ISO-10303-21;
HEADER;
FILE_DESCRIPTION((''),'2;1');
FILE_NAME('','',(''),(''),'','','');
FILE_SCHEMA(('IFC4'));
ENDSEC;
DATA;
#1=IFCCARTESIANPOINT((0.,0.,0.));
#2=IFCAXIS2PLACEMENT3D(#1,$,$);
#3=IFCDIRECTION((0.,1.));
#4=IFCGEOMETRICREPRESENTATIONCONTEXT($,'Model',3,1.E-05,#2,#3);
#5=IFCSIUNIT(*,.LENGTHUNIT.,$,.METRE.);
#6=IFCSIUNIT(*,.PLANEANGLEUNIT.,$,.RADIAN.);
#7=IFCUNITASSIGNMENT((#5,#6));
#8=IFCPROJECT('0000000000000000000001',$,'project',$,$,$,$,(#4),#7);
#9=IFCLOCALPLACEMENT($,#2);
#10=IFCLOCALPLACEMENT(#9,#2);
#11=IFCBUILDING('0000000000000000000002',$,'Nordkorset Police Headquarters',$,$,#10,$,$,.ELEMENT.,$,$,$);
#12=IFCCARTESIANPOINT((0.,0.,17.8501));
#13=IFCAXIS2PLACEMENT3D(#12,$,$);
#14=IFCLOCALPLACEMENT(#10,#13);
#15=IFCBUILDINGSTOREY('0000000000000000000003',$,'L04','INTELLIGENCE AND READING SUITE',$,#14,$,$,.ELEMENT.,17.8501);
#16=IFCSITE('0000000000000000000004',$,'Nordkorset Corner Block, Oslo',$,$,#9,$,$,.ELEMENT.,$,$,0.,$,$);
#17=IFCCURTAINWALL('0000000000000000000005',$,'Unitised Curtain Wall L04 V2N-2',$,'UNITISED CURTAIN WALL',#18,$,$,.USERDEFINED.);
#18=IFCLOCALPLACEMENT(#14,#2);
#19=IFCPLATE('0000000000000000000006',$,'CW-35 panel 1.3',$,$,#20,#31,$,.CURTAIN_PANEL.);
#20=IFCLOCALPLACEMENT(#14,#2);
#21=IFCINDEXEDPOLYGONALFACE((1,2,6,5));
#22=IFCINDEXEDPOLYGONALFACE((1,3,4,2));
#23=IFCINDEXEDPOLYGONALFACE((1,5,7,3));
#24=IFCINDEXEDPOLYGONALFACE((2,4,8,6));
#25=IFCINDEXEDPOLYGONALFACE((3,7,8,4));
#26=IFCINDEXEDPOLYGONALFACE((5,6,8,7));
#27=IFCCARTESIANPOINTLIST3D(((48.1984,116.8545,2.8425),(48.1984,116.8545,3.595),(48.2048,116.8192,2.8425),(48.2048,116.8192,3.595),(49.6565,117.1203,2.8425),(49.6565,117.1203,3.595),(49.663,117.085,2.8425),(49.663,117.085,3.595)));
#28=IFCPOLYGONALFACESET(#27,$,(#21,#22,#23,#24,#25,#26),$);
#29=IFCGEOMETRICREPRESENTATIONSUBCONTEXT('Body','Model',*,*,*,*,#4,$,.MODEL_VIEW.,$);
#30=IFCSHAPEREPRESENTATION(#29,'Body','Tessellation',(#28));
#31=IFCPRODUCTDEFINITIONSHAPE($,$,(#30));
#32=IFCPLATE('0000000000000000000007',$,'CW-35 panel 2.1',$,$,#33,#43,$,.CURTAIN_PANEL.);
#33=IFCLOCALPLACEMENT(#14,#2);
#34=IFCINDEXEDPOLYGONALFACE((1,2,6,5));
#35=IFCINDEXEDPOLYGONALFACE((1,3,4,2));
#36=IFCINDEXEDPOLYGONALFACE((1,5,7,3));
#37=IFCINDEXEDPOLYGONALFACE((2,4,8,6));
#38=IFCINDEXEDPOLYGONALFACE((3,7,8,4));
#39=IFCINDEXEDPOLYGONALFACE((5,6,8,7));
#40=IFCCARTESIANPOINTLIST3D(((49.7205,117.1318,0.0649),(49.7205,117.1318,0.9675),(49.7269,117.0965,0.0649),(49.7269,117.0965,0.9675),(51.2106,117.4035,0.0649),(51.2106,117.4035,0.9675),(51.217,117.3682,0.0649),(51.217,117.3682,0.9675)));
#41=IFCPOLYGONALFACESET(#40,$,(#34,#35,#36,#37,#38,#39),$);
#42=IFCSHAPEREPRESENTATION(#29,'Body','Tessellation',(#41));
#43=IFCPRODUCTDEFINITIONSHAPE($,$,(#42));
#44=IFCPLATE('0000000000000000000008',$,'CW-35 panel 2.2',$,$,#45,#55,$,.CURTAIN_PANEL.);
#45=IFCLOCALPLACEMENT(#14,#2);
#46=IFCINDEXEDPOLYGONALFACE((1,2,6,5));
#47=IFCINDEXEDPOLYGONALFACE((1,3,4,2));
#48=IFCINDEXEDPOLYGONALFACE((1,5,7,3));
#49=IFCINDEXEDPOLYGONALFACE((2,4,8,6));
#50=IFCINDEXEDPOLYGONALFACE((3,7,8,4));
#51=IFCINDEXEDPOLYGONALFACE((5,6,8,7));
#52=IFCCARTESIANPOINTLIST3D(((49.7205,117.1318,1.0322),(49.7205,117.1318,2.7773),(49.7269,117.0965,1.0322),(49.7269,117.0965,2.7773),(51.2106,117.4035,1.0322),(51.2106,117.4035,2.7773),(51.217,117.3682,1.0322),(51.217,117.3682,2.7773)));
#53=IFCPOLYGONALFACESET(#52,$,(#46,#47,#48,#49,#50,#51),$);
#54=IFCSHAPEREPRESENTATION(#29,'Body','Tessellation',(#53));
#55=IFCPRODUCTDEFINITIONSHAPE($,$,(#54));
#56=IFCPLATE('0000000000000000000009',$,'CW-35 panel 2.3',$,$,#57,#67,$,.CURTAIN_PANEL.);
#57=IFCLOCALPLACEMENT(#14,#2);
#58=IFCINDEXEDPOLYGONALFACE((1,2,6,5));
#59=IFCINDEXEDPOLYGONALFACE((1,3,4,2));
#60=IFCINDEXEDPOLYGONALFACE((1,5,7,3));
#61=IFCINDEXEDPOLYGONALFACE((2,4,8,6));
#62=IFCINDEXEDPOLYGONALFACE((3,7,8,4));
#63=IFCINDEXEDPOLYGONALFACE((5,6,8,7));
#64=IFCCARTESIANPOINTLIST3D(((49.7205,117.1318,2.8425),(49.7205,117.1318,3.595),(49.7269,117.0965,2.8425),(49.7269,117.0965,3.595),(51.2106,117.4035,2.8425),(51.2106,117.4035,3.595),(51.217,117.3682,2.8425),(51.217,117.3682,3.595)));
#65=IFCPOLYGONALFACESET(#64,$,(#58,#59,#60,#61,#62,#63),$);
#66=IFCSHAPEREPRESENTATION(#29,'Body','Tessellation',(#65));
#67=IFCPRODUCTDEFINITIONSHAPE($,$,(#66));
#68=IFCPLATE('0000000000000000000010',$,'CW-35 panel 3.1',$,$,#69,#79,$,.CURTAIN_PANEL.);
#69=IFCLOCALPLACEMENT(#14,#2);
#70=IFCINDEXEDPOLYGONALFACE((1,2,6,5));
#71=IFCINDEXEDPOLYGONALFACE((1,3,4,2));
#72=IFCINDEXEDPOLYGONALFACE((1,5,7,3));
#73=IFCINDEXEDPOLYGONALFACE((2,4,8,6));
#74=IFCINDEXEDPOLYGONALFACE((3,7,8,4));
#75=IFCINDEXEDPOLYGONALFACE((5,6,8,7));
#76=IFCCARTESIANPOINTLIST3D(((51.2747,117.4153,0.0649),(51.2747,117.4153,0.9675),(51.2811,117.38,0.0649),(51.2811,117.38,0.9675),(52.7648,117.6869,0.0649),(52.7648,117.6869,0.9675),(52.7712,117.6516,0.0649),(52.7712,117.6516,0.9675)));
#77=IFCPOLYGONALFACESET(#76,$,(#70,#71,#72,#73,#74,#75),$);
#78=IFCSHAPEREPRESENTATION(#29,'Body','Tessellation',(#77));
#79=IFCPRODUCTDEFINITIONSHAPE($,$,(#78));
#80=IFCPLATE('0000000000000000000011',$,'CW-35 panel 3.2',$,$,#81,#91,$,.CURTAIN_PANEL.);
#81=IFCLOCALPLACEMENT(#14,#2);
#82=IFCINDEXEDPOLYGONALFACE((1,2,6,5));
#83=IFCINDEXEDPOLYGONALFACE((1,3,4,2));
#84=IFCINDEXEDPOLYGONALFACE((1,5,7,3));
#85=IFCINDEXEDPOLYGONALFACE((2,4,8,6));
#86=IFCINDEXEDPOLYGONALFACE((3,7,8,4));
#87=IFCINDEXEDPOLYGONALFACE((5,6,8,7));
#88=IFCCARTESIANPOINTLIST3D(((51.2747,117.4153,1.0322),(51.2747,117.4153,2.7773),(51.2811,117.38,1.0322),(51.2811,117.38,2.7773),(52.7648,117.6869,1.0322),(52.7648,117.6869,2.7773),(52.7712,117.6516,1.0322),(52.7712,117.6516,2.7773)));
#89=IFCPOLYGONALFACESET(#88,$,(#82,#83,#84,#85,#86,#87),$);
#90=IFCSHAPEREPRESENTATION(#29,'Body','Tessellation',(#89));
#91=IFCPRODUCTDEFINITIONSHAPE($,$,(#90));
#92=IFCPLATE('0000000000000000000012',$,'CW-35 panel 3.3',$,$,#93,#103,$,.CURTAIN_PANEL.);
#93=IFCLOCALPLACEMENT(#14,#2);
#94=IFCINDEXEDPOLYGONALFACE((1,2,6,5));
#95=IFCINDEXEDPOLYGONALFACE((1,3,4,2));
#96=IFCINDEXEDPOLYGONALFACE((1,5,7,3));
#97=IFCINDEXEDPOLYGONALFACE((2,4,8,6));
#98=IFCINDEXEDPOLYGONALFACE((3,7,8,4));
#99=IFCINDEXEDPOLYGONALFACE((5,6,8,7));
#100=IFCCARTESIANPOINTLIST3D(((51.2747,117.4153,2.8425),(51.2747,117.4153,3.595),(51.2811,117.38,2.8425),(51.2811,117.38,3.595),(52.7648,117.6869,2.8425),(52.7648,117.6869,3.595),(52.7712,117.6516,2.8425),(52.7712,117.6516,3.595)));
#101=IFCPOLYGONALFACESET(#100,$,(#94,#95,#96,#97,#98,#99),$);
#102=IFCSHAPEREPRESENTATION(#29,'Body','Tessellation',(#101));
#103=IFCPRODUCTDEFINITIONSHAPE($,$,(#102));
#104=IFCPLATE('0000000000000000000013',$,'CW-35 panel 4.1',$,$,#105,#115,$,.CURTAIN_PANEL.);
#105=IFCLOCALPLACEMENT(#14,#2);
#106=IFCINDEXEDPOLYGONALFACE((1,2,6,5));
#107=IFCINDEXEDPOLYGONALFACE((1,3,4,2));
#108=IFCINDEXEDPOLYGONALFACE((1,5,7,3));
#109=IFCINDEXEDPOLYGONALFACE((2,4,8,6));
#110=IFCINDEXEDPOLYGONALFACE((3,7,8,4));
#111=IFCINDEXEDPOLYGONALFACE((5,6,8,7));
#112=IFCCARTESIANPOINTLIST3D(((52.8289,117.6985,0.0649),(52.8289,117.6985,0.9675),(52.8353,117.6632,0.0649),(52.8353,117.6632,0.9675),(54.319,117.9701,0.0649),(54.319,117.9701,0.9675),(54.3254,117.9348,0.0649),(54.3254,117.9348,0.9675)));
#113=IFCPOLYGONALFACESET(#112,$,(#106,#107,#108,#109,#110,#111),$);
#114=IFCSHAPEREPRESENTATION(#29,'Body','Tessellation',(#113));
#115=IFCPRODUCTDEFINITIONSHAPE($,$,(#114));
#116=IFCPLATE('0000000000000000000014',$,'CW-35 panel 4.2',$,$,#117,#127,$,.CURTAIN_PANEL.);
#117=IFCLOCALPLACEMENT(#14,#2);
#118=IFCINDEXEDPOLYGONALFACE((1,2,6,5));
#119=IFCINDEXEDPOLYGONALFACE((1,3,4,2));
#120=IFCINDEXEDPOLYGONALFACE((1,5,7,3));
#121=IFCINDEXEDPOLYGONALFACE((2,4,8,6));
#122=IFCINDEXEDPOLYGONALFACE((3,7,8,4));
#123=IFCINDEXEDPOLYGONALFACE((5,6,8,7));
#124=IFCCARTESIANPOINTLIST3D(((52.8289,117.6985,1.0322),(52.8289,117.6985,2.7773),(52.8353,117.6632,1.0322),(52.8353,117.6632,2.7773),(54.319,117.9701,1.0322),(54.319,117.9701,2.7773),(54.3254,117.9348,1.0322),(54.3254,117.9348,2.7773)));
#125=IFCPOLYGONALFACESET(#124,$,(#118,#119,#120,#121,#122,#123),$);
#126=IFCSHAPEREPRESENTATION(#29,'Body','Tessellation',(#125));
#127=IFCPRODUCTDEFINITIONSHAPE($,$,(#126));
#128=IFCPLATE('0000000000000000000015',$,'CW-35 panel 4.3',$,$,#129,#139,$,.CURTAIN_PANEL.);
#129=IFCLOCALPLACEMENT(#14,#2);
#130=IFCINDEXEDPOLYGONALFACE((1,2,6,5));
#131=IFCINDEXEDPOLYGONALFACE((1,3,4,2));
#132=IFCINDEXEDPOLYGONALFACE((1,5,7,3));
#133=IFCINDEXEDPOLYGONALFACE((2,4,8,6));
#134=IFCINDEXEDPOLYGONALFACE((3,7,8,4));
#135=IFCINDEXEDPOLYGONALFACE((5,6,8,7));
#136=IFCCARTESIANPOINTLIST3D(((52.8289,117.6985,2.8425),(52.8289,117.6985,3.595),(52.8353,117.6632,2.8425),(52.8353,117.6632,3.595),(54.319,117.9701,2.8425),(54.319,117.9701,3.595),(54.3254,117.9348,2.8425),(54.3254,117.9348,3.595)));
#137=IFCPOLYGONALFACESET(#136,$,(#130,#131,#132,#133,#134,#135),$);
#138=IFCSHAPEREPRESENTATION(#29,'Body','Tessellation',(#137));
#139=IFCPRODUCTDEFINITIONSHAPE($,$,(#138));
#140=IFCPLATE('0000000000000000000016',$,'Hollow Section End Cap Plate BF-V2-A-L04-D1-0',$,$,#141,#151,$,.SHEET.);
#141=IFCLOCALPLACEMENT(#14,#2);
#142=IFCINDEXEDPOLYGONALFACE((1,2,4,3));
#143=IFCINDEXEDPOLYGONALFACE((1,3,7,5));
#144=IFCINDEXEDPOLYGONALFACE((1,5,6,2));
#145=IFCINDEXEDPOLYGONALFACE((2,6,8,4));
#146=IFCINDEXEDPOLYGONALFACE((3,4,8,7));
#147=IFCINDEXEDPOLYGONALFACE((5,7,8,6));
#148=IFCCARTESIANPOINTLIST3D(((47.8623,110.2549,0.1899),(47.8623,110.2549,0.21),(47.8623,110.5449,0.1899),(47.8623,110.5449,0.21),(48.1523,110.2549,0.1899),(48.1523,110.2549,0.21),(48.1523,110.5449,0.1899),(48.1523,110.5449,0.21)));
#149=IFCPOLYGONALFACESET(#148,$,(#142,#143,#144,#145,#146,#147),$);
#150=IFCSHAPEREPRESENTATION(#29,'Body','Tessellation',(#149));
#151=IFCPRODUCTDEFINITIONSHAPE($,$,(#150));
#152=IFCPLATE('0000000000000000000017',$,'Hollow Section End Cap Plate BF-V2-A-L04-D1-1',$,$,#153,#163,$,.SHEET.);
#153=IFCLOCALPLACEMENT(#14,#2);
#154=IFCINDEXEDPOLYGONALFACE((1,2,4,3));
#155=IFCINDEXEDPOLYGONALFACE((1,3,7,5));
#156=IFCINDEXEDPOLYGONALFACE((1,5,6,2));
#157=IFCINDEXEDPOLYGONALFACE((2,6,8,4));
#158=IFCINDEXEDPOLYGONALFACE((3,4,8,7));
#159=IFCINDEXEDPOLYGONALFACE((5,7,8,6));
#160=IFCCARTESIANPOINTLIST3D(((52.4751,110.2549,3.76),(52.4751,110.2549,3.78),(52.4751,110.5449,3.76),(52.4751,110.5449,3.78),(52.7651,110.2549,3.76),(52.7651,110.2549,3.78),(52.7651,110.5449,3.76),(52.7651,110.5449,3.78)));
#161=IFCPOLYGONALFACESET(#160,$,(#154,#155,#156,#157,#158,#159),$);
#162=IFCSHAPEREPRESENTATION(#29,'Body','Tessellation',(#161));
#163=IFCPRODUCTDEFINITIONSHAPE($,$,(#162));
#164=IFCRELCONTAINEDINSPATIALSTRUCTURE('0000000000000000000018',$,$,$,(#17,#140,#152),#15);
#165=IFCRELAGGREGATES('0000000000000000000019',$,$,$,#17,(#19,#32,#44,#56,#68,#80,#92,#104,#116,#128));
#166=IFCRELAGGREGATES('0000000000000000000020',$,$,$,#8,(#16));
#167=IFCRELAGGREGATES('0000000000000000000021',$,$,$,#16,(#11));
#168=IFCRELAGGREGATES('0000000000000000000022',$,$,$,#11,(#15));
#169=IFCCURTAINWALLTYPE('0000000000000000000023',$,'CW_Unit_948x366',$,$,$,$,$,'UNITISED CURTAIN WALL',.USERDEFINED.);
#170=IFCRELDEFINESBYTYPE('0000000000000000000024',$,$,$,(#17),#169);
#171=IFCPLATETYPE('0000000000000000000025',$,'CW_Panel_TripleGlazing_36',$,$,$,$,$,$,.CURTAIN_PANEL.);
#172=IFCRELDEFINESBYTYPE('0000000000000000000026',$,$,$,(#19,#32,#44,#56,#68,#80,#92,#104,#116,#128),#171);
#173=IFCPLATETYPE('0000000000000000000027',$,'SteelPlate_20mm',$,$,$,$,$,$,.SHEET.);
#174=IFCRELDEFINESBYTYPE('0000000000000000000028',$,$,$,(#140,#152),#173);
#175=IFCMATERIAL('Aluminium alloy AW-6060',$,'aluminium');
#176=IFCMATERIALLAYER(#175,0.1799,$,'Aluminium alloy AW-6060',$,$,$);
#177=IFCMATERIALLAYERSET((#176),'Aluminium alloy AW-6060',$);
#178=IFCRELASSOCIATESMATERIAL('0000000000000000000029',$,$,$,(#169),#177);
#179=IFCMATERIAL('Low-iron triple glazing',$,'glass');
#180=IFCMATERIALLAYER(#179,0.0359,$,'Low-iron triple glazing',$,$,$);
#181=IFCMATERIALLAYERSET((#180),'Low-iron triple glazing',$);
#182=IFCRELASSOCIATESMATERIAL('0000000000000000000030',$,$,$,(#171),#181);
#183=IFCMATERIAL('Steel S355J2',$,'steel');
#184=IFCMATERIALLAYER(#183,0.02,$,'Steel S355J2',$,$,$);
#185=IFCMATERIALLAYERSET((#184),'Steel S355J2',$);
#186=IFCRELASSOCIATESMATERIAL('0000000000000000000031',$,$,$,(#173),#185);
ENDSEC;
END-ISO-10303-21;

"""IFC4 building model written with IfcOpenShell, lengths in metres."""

from ifc_helpers import new_model, si_unit, direction, frame, origin, origin_2d, place, context, subcontext, project, spatial, rectangle, extrude, material, layer, layer_set, type_object, element, aggregate, save


model = new_model("IFC4")

# Units and contexts
model_context = context("Model", 3, precision=1e-05, world=origin(), true_north=direction((0.0, 1.0)))
body_context = subcontext(model_context, "Body", "Model", "MODEL_VIEW")
ifc_project = project(units=[si_unit("LENGTHUNIT", "METRE"), si_unit("PLANEANGLEUNIT", "RADIAN")], contexts=[model_context])

# Site, building, storey
site_placement = place(None, origin())
site = spatial("IfcSite", under=ifc_project, at=site_placement, Name="Nordkorset Corner Block, Oslo", CompositionType="ELEMENT", RefElevation=0.0)
building_placement = place(site_placement, origin())
building = spatial("IfcBuilding", under=site, at=building_placement, Name="Nordkorset Police Headquarters", CompositionType="ELEMENT")
storey_placement = place(building_placement, frame((0.0, 0.0, 17.8501)))
storey = spatial("IfcBuildingStorey", under=building, at=storey_placement, Name="L04", Description="INTELLIGENCE AND READING SUITE", CompositionType="ELEMENT", Elevation=17.8501)

# Curtain wall
ifc_material_1 = material(Name="Aluminium alloy AW-6060", Category="aluminium")
ifc_layer_1 = layer(ifc_material_1, 0.1799, Name="Aluminium alloy AW-6060")
ifc_layer_set_1 = layer_set([ifc_layer_1], Name="Aluminium alloy AW-6060")
curtain_wall_type = type_object("IfcCurtainWallType", Name="CW_Unit_948x366", ElementType="UNITISED CURTAIN WALL", PredefinedType="USERDEFINED", material=ifc_layer_set_1)
curtain_wall_placement = place(storey_placement, origin())
curtain_wall = element("IfcCurtainWall", 1, at=curtain_wall_placement, inside=storey, type_object=curtain_wall_type, Name="Unitised Curtain Wall L04 V2N-2", ObjectType="UNITISED CURTAIN WALL", PredefinedType="USERDEFINED")

# Plates
ifc_material_2 = material(Name="Low-iron triple glazing", Category="glass")
ifc_layer_2 = layer(ifc_material_2, 0.0359, Name="Low-iron triple glazing")
ifc_layer_set_2 = layer_set([ifc_layer_2], Name="Low-iron triple glazing")
plate_type_1 = type_object("IfcPlateType", Name="CW_Panel_TripleGlazing_36", PredefinedType="CURTAIN_PANEL", material=ifc_layer_set_2)
plate_1_placement = place(storey_placement, frame((48.9307, 116.9697, 2.8425), z_axis=(0.0, 0.0, 1.0), x_axis=(0.983788, 0.179336, 0.0)))
plate_1 = element("IfcPlate", 2, at=plate_1_placement, type_object=plate_type_1, Name="CW-35 panel 1.3", PredefinedType="CURTAIN_PANEL", context=body_context, shape_type="SweptSolid", body=[
    extrude(rectangle(XDim=1.4822, YDim=0.0359, at=origin_2d()), origin(), (0.0, 0.0, 1.0), 0.7524),
])
plate_2_placement = place(storey_placement, frame((50.4688, 117.25, 0.0649), z_axis=(0.0, 0.0, 1.0), x_axis=(0.983788, 0.179336, 0.0)))
plate_2 = element("IfcPlate", 3, at=plate_2_placement, type_object=plate_type_1, Name="CW-35 panel 2.1", PredefinedType="CURTAIN_PANEL", context=body_context, shape_type="SweptSolid", body=[
    extrude(rectangle(XDim=1.5146, YDim=0.0359, at=origin_2d()), origin(), (0.0, 0.0, 1.0), 0.9026),
])
plate_3_placement = place(storey_placement, frame((50.4688, 117.25, 1.0322), z_axis=(0.0, 0.0, 1.0), x_axis=(0.983788, 0.179336, 0.0)))
plate_3 = element("IfcPlate", 4, at=plate_3_placement, type_object=plate_type_1, Name="CW-35 panel 2.2", PredefinedType="CURTAIN_PANEL", context=body_context, shape_type="SweptSolid", body=[
    extrude(rectangle(XDim=1.5146, YDim=0.0359, at=origin_2d()), origin(), (0.0, 0.0, 1.0), 1.7451),
])
plate_4_placement = place(storey_placement, frame((50.4688, 117.25, 2.8425), z_axis=(0.0, 0.0, 1.0), x_axis=(0.983788, 0.179336, 0.0)))
plate_4 = element("IfcPlate", 5, at=plate_4_placement, type_object=plate_type_1, Name="CW-35 panel 2.3", PredefinedType="CURTAIN_PANEL", context=body_context, shape_type="SweptSolid", body=[
    extrude(rectangle(XDim=1.5146, YDim=0.0359, at=origin_2d()), origin(), (0.0, 0.0, 1.0), 0.7524),
])
plate_5_placement = place(storey_placement, frame((52.0229, 117.5334, 0.0649), z_axis=(0.0, 0.0, 1.0), x_axis=(0.983788, 0.179336, 0.0)))
plate_5 = element("IfcPlate", 6, at=plate_5_placement, type_object=plate_type_1, Name="CW-35 panel 3.1", PredefinedType="CURTAIN_PANEL", context=body_context, shape_type="SweptSolid", body=[
    extrude(rectangle(XDim=1.5146, YDim=0.0359, at=origin_2d()), origin(), (0.0, 0.0, 1.0), 0.9026),
])
plate_6_placement = place(storey_placement, frame((52.0229, 117.5334, 1.0322), z_axis=(0.0, 0.0, 1.0), x_axis=(0.983788, 0.179336, 0.0)))
plate_6 = element("IfcPlate", 7, at=plate_6_placement, type_object=plate_type_1, Name="CW-35 panel 3.2", PredefinedType="CURTAIN_PANEL", context=body_context, shape_type="SweptSolid", body=[
    extrude(rectangle(XDim=1.5146, YDim=0.0359, at=origin_2d()), origin(), (0.0, 0.0, 1.0), 1.7451),
])
plate_7_placement = place(storey_placement, frame((52.0229, 117.5334, 2.8425), z_axis=(0.0, 0.0, 1.0), x_axis=(0.983788, 0.179336, 0.0)))
plate_7 = element("IfcPlate", 8, at=plate_7_placement, type_object=plate_type_1, Name="CW-35 panel 3.3", PredefinedType="CURTAIN_PANEL", context=body_context, shape_type="SweptSolid", body=[
    extrude(rectangle(XDim=1.5146, YDim=0.0359, at=origin_2d()), origin(), (0.0, 0.0, 1.0), 0.7524),
])
plate_8_placement = place(storey_placement, frame((53.5771, 117.8167, 0.0649), z_axis=(0.0, 0.0, 1.0), x_axis=(0.983788, 0.179336, 0.0)))
plate_8 = element("IfcPlate", 9, at=plate_8_placement, type_object=plate_type_1, Name="CW-35 panel 4.1", PredefinedType="CURTAIN_PANEL", context=body_context, shape_type="SweptSolid", body=[
    extrude(rectangle(XDim=1.5146, YDim=0.0359, at=origin_2d()), origin(), (0.0, 0.0, 1.0), 0.9026),
])
plate_9_placement = place(storey_placement, frame((53.5771, 117.8167, 1.0322), z_axis=(0.0, 0.0, 1.0), x_axis=(0.983788, 0.179336, 0.0)))
plate_9 = element("IfcPlate", 10, at=plate_9_placement, type_object=plate_type_1, Name="CW-35 panel 4.2", PredefinedType="CURTAIN_PANEL", context=body_context, shape_type="SweptSolid", body=[
    extrude(rectangle(XDim=1.5146, YDim=0.0359, at=origin_2d()), origin(), (0.0, 0.0, 1.0), 1.7451),
])
plate_10_placement = place(storey_placement, frame((53.5771, 117.8167, 2.8425), z_axis=(0.0, 0.0, 1.0), x_axis=(0.983788, 0.179336, 0.0)))
plate_10 = element("IfcPlate", 11, at=plate_10_placement, type_object=plate_type_1, Name="CW-35 panel 4.3", PredefinedType="CURTAIN_PANEL", context=body_context, shape_type="SweptSolid", body=[
    extrude(rectangle(XDim=1.5146, YDim=0.0359, at=origin_2d()), origin(), (0.0, 0.0, 1.0), 0.7524),
])
aggregate(curtain_wall, [plate_1, plate_2, plate_3, plate_4, plate_5, plate_6, plate_7, plate_8, plate_9, plate_10])

# Plates
ifc_material_3 = material(Name="Steel S355J2", Category="steel")
ifc_layer_3 = layer(ifc_material_3, 0.02, Name="Steel S355J2")
ifc_layer_set_3 = layer_set([ifc_layer_3], Name="Steel S355J2")
plate_type_2 = type_object("IfcPlateType", Name="SteelPlate_20mm", PredefinedType="SHEET", material=ifc_layer_set_3)
for number, where, z_axis, x_axis, name in (
    (12, (48.0073, 110.3999, 0.1899), (0.0, 0.0, 1.0), (1.0, 0.0, 0.0), "Hollow Section End Cap Plate BF-V2-A-L04-D1-0"),
    (13, (52.6201, 110.3999, 3.76), (0.0, 0.0, 1.0), (1.0, 0.0, 0.0), "Hollow Section End Cap Plate BF-V2-A-L04-D1-1"),
):
    element("IfcPlate", number, at=place(storey_placement, frame(where, z_axis=z_axis, x_axis=x_axis)), inside=storey, type_object=plate_type_2, Name=name, PredefinedType="SHEET", context=body_context, shape_type="SweptSolid", body=[
        extrude(rectangle(XDim=0.29, YDim=0.29, at=origin_2d()), origin(), (0.0, 0.0, 1.0), 0.02),
    ])

save(model, "model.ifc")
